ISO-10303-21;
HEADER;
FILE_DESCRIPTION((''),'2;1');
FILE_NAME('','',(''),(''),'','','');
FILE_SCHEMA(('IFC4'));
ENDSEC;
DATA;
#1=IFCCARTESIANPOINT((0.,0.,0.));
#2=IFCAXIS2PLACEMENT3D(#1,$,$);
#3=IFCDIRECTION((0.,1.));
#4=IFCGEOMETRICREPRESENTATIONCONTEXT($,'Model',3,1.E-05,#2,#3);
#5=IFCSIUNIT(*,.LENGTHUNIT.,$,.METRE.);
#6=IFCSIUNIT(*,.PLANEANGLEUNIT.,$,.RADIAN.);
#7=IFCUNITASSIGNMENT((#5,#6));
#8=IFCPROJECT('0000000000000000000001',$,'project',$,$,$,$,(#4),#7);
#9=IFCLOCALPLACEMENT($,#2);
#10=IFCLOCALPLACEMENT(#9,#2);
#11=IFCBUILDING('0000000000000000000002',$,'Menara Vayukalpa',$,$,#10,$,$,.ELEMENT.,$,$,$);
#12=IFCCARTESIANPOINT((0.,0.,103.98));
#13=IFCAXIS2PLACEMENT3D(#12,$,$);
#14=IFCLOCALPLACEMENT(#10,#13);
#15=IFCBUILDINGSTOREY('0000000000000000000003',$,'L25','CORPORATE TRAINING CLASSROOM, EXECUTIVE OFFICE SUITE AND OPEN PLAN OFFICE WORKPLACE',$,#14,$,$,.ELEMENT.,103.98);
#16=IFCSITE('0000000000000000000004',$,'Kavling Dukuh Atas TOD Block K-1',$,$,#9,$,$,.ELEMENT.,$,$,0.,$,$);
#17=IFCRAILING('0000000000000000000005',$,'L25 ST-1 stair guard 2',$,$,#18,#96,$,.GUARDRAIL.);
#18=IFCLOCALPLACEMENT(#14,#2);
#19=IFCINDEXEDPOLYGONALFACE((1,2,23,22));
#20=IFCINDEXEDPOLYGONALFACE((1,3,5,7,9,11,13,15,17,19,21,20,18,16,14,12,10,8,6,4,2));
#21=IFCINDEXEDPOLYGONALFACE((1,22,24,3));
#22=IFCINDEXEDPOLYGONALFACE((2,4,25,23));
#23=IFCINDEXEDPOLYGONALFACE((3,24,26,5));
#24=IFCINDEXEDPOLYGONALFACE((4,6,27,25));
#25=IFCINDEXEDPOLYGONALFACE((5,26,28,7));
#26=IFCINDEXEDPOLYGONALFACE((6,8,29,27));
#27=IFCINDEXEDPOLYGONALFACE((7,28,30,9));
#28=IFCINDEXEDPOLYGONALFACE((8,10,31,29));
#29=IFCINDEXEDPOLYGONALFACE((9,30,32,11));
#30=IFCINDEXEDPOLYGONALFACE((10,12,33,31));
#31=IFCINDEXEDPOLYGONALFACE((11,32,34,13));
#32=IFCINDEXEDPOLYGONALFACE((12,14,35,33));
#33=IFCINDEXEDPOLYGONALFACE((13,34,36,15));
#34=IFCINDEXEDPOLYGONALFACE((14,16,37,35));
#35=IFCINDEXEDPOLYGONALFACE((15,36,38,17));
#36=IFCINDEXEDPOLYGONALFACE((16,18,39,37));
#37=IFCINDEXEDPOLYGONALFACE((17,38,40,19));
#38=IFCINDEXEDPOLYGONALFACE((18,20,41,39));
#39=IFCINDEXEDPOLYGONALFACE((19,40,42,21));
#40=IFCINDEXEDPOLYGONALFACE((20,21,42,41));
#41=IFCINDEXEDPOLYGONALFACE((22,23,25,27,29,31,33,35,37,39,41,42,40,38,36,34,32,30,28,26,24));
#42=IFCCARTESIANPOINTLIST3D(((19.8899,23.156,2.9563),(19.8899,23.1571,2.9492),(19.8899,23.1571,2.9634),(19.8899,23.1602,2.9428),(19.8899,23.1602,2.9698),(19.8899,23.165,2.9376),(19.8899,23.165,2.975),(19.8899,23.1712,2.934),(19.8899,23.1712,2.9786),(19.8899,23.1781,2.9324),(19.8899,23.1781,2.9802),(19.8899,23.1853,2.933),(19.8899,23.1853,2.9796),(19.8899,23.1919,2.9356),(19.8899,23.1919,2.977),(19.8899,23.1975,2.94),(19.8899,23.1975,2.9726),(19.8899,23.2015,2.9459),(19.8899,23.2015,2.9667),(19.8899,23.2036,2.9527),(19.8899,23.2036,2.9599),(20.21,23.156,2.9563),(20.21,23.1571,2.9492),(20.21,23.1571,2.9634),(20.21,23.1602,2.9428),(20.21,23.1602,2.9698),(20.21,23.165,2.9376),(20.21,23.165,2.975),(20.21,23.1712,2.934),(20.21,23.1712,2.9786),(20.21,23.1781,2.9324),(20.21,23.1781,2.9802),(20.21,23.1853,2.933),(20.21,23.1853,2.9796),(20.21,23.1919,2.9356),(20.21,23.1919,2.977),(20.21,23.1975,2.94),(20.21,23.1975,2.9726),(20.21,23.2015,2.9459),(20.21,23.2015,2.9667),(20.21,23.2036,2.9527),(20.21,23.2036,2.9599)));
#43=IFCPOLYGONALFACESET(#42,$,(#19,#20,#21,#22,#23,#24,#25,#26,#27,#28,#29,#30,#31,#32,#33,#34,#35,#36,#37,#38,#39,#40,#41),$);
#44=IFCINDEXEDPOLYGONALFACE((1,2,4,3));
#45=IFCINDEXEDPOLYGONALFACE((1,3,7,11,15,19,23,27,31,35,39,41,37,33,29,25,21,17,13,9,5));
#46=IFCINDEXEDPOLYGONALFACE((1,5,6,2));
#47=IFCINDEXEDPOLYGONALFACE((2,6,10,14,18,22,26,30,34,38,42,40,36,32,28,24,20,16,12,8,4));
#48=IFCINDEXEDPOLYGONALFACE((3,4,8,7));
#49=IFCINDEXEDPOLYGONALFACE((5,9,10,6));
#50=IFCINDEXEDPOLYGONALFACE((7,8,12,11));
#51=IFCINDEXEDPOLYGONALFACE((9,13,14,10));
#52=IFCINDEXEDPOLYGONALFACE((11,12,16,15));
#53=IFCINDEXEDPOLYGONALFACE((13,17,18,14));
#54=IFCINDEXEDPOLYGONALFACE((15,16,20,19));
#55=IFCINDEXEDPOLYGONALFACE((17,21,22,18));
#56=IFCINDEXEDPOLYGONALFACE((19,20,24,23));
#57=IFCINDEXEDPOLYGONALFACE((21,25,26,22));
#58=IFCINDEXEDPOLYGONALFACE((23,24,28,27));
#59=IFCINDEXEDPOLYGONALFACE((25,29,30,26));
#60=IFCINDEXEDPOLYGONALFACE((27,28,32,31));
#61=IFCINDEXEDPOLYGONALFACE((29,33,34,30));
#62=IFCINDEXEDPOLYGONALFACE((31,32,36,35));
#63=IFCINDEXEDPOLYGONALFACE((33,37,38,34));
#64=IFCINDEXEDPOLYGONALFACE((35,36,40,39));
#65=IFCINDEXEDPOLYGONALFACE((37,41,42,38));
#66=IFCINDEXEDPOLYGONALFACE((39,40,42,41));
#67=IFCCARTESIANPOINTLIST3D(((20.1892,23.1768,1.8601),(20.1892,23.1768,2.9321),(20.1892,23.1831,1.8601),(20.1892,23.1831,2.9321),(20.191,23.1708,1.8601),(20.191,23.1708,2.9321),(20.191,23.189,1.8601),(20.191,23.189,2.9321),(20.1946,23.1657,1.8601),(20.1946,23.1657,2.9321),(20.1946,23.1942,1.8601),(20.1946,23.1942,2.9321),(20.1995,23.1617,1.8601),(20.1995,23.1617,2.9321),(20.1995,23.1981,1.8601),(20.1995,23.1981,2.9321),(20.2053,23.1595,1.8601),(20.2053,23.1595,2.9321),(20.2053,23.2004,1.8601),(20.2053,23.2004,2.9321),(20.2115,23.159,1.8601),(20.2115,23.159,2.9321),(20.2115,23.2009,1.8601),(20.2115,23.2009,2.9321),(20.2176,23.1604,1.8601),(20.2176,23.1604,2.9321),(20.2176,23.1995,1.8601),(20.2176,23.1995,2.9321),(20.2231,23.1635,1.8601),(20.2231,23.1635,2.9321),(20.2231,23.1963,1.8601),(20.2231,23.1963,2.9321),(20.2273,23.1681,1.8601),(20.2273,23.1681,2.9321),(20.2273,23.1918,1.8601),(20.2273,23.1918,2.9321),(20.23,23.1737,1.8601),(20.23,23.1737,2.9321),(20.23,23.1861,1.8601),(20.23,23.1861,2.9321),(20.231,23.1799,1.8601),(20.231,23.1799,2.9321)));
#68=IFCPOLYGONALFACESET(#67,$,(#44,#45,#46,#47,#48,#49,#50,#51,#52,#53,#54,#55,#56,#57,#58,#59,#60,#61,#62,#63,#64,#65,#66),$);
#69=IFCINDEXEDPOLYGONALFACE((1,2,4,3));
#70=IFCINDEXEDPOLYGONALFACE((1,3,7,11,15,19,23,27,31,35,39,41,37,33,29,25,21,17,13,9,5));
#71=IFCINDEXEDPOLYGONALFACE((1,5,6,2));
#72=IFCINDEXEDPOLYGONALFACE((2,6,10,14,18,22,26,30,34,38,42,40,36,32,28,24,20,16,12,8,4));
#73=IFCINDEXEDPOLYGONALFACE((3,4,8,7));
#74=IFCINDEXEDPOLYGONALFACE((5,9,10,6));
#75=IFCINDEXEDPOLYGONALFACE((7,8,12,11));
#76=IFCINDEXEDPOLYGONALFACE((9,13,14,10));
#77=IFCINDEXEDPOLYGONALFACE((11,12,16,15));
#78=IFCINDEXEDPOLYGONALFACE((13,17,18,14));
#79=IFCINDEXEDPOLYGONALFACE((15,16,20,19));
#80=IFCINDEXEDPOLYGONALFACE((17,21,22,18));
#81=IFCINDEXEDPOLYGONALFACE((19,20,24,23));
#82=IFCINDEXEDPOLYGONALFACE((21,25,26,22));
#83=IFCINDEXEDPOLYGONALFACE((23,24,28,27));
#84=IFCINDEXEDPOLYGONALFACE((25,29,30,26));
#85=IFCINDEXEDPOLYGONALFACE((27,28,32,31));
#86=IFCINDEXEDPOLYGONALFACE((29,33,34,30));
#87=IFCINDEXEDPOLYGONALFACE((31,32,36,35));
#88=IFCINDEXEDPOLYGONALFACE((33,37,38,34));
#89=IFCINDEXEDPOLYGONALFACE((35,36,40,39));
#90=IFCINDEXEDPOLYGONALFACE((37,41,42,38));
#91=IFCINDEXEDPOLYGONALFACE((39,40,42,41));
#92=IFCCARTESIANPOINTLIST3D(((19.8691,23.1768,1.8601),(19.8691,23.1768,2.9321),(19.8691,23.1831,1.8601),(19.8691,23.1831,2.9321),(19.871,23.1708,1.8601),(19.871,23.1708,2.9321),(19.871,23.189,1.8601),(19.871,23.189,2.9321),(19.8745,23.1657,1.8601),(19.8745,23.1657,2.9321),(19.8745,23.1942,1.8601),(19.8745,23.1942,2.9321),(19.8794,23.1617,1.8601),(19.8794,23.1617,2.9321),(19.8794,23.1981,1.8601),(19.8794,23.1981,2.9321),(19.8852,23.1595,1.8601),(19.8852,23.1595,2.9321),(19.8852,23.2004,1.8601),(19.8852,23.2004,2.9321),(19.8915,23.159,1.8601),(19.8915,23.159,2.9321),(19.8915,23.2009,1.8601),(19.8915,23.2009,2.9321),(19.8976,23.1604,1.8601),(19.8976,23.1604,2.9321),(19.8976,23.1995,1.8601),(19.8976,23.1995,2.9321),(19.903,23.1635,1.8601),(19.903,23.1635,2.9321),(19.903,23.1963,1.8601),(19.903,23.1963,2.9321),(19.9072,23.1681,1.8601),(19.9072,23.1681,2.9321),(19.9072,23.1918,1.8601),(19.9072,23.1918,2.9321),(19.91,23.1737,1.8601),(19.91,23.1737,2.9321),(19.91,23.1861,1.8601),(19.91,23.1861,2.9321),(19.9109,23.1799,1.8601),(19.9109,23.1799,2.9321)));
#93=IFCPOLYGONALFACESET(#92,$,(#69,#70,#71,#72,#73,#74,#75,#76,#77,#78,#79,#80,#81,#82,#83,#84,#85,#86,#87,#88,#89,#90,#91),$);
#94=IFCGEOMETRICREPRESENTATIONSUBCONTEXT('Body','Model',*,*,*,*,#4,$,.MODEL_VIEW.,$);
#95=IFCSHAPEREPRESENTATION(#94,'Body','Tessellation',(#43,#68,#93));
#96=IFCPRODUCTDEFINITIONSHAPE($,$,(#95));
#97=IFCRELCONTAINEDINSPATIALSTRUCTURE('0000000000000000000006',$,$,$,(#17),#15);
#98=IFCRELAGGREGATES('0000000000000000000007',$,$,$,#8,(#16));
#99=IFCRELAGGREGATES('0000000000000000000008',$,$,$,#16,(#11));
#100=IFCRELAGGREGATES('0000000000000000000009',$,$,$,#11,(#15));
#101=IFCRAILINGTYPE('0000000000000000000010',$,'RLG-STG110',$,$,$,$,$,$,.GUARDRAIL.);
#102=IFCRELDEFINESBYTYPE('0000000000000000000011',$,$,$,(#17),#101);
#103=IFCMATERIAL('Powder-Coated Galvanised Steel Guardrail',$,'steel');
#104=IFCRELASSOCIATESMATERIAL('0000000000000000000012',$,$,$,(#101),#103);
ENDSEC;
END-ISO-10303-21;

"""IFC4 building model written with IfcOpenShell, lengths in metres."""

from ifc_helpers import new_model, si_unit, direction, frame, origin, origin_2d, place, context, subcontext, project, spatial, circle, extrude, material, type_object, element, save


model = new_model("IFC4")

# Units and contexts
model_context = context("Model", 3, precision=1e-05, world=origin(), true_north=direction((0.0, 1.0)))
body_context = subcontext(model_context, "Body", "Model", "MODEL_VIEW")
ifc_project = project(units=[si_unit("LENGTHUNIT", "METRE"), si_unit("PLANEANGLEUNIT", "RADIAN")], contexts=[model_context])

# Site, building, storey
site_placement = place(None, origin())
site = spatial("IfcSite", under=ifc_project, at=site_placement, Name="Kavling Dukuh Atas TOD Block K-1", CompositionType="ELEMENT", RefElevation=0.0)
building_placement = place(site_placement, origin())
building = spatial("IfcBuilding", under=site, at=building_placement, Name="Menara Vayukalpa", CompositionType="ELEMENT")
storey_placement = place(building_placement, frame((0.0, 0.0, 103.98)))
storey = spatial("IfcBuildingStorey", under=building, at=storey_placement, Name="L25", Description="CORPORATE TRAINING CLASSROOM, EXECUTIVE OFFICE SUITE AND OPEN PLAN OFFICE WORKPLACE", CompositionType="ELEMENT", Elevation=103.98)

# Railing
ifc_material_1 = material(Name="Powder-Coated Galvanised Steel Guardrail", Category="steel")
railing_type_1 = type_object("IfcRailingType", Name="RLG-STG110", PredefinedType="GUARDRAIL", material=ifc_material_1)
railing_1_placement = place(storey_placement, frame((20.21, 23.1799, 1.8601)))
element("IfcRailing", 1, at=railing_1_placement, inside=storey, type_object=railing_type_1, Name="L25 ST-1 stair guard 2", PredefinedType="GUARDRAIL", context=body_context, shape_type="SweptSolid", body=[
    extrude(circle(Radius=0.0239, at=origin_2d()), frame((0.0, 0.0, 1.0962), z_axis=(-1.0, 0.0, 0.0), x_axis=(0.0, -1.0, 0.0)), (0.0, 0.0, 1.0), 0.3201),
    extrude(circle(Radius=0.021, at=origin_2d()), origin(), (0.0, 0.0, 1.0), 1.072),
    extrude(circle(Radius=0.021, at=origin_2d()), frame((-0.3201, 0.0, 0.0)), (0.0, 0.0, 1.0), 1.072),
])

save(model, "model.ifc")
